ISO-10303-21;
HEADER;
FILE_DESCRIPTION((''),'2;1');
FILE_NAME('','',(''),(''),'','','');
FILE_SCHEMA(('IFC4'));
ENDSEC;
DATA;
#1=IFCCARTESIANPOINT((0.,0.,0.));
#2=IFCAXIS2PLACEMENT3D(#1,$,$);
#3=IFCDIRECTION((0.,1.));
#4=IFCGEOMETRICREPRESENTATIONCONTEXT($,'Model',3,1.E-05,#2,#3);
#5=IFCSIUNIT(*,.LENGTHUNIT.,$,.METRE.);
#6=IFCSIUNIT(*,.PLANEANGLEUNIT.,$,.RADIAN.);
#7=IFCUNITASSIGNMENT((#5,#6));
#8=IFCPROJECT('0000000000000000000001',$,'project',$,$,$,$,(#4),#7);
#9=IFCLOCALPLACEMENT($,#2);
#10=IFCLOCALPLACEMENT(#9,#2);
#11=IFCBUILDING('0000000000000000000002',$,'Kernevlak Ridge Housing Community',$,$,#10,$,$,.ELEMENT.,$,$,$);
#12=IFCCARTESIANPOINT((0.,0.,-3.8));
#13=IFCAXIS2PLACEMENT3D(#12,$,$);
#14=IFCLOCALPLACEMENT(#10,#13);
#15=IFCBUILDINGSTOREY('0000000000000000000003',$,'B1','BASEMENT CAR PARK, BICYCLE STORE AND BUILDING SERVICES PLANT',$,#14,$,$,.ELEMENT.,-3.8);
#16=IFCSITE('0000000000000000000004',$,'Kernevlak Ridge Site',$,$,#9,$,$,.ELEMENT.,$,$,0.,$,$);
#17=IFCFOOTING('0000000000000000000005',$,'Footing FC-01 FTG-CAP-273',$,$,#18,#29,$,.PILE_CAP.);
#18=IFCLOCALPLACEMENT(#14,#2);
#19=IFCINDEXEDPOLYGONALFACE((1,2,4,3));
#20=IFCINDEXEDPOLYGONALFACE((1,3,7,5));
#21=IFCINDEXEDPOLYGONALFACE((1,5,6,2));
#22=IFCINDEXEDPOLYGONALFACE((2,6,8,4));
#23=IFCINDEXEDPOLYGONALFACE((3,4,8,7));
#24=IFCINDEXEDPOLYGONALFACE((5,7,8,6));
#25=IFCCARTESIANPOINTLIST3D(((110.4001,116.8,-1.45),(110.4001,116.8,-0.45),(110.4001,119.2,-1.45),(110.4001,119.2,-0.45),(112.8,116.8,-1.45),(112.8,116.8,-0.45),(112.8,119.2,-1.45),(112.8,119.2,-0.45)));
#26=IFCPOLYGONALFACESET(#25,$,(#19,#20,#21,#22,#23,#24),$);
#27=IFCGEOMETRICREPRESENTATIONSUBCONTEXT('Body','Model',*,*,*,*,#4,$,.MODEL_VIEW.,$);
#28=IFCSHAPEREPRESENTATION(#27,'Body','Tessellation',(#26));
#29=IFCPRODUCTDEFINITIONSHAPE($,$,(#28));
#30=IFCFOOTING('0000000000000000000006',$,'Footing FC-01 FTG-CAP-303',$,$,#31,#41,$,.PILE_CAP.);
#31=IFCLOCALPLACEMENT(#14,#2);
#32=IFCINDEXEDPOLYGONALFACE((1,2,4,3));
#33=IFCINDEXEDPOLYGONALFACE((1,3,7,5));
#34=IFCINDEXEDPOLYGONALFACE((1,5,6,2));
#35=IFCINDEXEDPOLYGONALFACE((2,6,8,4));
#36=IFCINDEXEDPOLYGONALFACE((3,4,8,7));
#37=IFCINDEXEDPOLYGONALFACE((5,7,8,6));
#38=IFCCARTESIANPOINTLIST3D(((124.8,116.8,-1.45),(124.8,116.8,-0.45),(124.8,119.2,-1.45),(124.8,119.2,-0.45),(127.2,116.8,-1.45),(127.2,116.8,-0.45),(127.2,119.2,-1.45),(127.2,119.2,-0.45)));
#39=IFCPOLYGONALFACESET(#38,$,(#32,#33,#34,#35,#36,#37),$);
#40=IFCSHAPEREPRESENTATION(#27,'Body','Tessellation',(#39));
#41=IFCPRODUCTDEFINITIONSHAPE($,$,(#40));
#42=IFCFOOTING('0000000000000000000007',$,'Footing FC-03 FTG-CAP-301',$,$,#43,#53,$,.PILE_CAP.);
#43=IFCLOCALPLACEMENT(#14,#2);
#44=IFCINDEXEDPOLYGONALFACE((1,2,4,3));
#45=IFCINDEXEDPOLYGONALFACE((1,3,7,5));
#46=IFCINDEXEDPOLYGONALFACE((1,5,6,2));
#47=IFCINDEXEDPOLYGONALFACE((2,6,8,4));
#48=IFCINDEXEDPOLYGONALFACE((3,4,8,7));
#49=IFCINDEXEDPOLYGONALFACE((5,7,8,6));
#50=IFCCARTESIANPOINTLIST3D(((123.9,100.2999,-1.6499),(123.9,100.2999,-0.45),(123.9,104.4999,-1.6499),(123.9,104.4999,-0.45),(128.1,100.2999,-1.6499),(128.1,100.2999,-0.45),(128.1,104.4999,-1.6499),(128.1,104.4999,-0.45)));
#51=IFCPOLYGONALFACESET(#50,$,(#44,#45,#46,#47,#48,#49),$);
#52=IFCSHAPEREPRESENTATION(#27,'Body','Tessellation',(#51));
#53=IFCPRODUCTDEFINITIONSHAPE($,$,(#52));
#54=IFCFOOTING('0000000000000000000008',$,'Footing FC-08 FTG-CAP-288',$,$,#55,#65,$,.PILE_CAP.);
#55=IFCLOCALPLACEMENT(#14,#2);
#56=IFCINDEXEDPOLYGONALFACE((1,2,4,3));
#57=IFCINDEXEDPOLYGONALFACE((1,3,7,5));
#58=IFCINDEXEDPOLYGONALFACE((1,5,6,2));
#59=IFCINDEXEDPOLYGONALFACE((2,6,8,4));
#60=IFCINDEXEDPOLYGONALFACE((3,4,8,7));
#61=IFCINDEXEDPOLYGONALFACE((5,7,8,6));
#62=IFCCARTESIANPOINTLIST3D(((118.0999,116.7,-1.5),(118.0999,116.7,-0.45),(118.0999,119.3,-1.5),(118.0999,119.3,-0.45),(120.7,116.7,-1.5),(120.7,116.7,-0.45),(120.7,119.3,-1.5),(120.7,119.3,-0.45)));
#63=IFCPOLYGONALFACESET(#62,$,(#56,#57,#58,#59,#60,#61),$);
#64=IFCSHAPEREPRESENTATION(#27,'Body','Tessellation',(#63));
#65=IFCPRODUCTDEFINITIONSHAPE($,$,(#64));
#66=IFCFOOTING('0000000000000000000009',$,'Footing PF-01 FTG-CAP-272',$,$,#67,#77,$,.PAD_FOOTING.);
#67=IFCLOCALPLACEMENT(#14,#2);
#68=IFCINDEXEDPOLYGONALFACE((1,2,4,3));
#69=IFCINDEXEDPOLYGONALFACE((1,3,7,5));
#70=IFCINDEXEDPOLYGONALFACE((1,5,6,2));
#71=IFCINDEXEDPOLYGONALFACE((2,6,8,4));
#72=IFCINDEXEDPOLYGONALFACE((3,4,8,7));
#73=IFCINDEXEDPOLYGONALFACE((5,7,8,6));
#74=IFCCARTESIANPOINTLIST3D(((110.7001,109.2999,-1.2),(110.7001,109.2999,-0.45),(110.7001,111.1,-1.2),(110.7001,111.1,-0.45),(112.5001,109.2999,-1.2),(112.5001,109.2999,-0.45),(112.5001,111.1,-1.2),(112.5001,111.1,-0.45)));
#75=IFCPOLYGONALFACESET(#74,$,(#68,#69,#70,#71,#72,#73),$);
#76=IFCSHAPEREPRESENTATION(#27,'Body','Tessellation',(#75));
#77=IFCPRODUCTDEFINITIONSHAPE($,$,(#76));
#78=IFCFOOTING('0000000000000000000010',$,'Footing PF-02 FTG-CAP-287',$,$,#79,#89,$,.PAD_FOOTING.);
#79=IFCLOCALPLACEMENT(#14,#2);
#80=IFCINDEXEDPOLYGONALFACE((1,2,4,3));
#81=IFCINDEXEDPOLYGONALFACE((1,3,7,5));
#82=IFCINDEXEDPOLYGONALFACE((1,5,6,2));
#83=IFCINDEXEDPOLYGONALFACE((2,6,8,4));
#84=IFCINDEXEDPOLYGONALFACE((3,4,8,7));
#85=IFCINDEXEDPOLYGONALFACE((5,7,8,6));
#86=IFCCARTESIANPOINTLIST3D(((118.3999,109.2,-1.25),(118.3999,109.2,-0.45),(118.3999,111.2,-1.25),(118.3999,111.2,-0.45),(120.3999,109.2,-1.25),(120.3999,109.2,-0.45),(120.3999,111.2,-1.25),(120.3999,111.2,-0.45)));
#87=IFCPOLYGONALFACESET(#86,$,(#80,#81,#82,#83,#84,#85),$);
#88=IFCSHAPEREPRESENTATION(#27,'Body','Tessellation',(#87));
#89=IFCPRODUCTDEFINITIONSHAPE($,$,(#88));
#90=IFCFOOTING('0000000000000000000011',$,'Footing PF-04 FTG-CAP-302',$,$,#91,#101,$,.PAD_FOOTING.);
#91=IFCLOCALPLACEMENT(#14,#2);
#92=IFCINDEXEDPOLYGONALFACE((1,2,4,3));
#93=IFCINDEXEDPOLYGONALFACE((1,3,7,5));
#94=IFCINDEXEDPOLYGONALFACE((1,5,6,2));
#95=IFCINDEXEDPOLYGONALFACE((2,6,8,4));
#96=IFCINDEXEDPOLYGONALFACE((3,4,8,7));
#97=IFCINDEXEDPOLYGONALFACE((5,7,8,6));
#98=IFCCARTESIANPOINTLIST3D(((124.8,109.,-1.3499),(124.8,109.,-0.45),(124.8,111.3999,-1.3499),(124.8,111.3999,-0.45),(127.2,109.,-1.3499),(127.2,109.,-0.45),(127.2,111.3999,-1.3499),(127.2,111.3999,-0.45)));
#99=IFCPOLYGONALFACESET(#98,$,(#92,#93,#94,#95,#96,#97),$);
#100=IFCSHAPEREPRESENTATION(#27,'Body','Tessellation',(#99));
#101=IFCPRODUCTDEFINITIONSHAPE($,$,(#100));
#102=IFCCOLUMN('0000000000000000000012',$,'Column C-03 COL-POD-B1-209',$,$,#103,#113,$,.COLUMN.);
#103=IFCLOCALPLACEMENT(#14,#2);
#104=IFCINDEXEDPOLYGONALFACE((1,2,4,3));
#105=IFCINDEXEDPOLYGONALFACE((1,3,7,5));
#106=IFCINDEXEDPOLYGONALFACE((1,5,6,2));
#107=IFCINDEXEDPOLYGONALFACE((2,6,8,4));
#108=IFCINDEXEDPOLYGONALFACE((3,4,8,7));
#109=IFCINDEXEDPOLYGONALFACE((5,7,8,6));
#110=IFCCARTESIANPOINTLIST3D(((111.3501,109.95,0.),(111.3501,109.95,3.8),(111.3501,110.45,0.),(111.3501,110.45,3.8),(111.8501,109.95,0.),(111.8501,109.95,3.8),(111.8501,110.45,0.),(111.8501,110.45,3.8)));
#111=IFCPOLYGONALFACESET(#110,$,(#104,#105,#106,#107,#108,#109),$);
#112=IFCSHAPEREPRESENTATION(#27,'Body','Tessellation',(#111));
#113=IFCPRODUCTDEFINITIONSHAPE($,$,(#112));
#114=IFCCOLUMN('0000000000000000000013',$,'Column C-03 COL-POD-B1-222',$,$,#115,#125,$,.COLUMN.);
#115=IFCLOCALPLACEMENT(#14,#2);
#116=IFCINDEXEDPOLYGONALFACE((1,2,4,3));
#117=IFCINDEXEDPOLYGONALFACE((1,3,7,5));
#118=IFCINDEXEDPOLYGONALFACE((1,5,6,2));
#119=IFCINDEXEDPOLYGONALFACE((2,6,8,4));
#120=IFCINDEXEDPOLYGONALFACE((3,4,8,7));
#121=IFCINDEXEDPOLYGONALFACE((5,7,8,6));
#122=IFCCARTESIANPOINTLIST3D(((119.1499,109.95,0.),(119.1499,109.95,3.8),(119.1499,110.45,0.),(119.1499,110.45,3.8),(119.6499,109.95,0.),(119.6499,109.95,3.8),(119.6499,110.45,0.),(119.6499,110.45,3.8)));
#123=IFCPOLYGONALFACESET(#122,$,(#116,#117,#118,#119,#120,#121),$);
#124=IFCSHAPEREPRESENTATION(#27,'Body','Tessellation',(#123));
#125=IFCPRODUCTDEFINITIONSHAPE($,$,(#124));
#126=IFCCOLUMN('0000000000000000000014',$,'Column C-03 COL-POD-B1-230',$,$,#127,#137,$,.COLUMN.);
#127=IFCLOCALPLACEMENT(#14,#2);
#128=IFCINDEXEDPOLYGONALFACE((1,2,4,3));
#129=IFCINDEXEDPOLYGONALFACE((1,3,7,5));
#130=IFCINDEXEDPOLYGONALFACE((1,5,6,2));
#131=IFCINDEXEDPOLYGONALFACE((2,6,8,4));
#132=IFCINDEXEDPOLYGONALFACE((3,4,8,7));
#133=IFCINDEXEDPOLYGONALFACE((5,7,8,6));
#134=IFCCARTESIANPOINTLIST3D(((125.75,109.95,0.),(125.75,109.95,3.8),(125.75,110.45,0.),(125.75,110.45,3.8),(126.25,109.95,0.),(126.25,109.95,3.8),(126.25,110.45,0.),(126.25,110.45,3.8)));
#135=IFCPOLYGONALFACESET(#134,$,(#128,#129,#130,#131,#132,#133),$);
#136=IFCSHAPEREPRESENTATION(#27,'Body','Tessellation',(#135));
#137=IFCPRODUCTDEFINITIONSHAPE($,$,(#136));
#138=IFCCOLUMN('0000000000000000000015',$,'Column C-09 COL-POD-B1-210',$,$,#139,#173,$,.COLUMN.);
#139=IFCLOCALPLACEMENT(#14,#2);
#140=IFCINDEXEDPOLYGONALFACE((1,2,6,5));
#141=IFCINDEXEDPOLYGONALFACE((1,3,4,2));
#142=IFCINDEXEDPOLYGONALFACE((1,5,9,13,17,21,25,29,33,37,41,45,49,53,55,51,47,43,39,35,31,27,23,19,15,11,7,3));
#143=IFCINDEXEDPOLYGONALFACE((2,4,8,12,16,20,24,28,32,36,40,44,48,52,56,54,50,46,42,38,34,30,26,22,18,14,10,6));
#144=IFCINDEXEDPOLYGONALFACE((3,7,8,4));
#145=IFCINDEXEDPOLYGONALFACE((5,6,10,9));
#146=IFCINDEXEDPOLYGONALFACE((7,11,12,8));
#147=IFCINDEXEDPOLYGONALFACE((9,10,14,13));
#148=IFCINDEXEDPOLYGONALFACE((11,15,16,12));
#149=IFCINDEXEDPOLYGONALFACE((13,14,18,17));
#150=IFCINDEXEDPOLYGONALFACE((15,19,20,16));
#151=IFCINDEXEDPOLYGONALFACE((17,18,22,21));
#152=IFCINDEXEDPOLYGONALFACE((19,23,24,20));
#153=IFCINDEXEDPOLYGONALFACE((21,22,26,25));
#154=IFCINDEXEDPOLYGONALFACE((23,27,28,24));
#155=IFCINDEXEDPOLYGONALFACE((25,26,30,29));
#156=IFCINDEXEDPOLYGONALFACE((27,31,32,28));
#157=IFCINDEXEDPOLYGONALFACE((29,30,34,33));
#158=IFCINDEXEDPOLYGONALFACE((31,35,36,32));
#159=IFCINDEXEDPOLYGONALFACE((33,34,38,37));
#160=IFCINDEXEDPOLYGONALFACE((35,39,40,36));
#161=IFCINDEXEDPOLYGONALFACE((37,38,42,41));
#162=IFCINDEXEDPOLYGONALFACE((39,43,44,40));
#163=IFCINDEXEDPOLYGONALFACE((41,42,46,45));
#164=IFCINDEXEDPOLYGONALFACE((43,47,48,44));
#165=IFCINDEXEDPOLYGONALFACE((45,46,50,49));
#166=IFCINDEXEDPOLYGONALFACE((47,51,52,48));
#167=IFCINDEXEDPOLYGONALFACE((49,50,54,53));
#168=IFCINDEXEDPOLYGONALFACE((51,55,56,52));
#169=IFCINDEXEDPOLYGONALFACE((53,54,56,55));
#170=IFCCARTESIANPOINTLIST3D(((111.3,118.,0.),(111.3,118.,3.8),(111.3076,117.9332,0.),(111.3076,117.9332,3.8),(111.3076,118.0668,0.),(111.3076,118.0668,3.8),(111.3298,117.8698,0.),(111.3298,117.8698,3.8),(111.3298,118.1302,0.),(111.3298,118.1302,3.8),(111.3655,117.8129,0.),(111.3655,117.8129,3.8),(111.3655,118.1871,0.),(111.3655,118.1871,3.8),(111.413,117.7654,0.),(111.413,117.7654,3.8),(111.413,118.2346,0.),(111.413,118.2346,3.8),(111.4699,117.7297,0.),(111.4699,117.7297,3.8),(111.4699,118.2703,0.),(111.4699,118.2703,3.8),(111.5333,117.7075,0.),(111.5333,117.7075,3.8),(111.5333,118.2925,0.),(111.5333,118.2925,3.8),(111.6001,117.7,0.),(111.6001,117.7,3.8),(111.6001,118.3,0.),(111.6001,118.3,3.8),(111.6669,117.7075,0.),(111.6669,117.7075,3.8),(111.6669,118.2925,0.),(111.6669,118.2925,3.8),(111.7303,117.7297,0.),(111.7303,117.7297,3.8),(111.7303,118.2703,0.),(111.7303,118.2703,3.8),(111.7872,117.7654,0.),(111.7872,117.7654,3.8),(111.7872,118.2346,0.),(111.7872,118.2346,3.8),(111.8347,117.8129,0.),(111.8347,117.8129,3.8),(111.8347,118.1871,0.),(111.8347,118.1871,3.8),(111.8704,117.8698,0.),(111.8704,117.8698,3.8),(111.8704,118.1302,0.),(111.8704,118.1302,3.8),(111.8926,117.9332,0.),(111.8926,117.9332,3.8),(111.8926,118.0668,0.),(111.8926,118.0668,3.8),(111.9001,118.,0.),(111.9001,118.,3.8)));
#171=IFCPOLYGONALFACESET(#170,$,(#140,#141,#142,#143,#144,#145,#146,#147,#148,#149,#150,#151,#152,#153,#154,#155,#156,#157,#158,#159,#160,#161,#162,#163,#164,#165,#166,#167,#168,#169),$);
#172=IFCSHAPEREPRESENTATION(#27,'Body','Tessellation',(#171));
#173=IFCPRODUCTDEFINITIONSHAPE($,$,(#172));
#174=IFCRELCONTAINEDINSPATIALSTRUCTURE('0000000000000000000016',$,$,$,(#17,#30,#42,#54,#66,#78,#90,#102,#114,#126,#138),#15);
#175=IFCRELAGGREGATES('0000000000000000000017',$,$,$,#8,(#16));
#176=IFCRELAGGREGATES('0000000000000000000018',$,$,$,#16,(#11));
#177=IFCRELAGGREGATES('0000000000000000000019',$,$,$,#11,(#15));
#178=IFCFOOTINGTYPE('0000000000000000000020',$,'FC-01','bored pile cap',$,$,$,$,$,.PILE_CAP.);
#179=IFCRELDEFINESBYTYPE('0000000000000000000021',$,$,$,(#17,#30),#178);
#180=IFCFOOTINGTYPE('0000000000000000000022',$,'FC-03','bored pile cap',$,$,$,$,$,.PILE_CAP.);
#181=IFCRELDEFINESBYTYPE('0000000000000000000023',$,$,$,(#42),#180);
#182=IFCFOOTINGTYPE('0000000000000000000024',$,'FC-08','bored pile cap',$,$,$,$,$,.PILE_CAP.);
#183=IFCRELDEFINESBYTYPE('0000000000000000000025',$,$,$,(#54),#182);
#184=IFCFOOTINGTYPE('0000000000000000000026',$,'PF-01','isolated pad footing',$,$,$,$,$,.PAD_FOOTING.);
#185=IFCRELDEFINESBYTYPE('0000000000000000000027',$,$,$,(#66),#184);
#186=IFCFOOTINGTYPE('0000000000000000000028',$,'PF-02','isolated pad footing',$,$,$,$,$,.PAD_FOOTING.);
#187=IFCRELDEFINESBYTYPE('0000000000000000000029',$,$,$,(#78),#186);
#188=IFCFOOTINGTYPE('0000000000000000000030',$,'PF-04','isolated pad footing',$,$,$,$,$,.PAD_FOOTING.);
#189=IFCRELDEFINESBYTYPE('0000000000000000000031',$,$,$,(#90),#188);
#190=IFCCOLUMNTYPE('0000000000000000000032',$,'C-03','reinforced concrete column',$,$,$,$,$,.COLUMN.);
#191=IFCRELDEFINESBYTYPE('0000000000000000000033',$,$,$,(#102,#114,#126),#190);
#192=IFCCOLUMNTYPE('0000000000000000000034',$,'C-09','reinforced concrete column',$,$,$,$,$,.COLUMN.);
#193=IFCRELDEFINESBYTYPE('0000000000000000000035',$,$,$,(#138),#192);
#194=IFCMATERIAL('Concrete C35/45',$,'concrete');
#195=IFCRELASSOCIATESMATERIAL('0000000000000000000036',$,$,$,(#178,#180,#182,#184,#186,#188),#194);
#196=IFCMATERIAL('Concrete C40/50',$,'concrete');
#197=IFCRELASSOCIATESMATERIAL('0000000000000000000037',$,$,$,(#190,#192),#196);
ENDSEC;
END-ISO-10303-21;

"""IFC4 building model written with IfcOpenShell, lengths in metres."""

from ifc_helpers import new_model, si_unit, direction, frame, origin, origin_2d, place, context, subcontext, project, spatial, rectangle, circle, extrude, material, material_profile, profile_set, type_object, element, save


model = new_model("IFC4")

# Units and contexts
model_context = context("Model", 3, precision=1e-05, world=origin(), true_north=direction((0.0, 1.0)))
body_context = subcontext(model_context, "Body", "Model", "MODEL_VIEW")
ifc_project = project(units=[si_unit("LENGTHUNIT", "METRE"), si_unit("PLANEANGLEUNIT", "RADIAN")], contexts=[model_context])

# Site, building, storey
site_placement = place(None, origin())
site = spatial("IfcSite", under=ifc_project, at=site_placement, Name="Kernevlak Ridge Site", CompositionType="ELEMENT", RefElevation=0.0)
building_placement = place(site_placement, origin())
building = spatial("IfcBuilding", under=site, at=building_placement, Name="Kernevlak Ridge Housing Community", CompositionType="ELEMENT")
storey_placement = place(building_placement, frame((0.0, 0.0, -3.8)))
storey = spatial("IfcBuildingStorey", under=building, at=storey_placement, Name="B1", Description="BASEMENT CAR PARK, BICYCLE STORE AND BUILDING SERVICES PLANT", CompositionType="ELEMENT", Elevation=-3.8)

# Shared definitions
ifc_material_1 = material(Name="Concrete C35/45", Category="concrete")

# Footings
footing_type_1 = type_object("IfcFootingType", Name="FC-01", Description="bored pile cap", PredefinedType="PILE_CAP", material=ifc_material_1)
for number, where, z_axis, x_axis, name in (
    (1, (111.6001, 118.0, -1.45), (0.0, 0.0, 1.0), (1.0, 0.0, 0.0), "Footing FC-01 FTG-CAP-273"),
    (2, (126.0, 118.0, -1.45), (0.0, 0.0, 1.0), (1.0, 0.0, 0.0), "Footing FC-01 FTG-CAP-303"),
):
    element("IfcFooting", number, at=place(storey_placement, frame(where, z_axis=z_axis, x_axis=x_axis)), inside=storey, type_object=footing_type_1, Name=name, PredefinedType="PILE_CAP", context=body_context, shape_type="SweptSolid", body=[
        extrude(rectangle(XDim=2.3999, YDim=2.3999, at=origin_2d()), origin(), (0.0, 0.0, 1.0), 1.0),
    ])
footing_type_2 = type_object("IfcFootingType", Name="FC-03", Description="bored pile cap", PredefinedType="PILE_CAP", material=ifc_material_1)
footing_1_placement = place(storey_placement, frame((126.0, 102.3999, -1.6499), z_axis=(0.0, 0.0, 1.0), x_axis=(1.0, 0.0, 0.0)))
element("IfcFooting", 3, at=footing_1_placement, inside=storey, type_object=footing_type_2, Name="Footing FC-03 FTG-CAP-301", PredefinedType="PILE_CAP", context=body_context, shape_type="SweptSolid", body=[
    extrude(rectangle(XDim=4.2, YDim=4.2, at=origin_2d()), origin(), (0.0, 0.0, 1.0), 1.2),
])
footing_type_3 = type_object("IfcFootingType", Name="FC-08", Description="bored pile cap", PredefinedType="PILE_CAP", material=ifc_material_1)
footing_2_placement = place(storey_placement, frame((119.3999, 118.0, -1.5), z_axis=(0.0, 0.0, 1.0), x_axis=(1.0, 0.0, 0.0)))
element("IfcFooting", 4, at=footing_2_placement, inside=storey, type_object=footing_type_3, Name="Footing FC-08 FTG-CAP-288", PredefinedType="PILE_CAP", context=body_context, shape_type="SweptSolid", body=[
    extrude(rectangle(XDim=2.6001, YDim=2.6001, at=origin_2d()), origin(), (0.0, 0.0, 1.0), 1.05),
])
footing_type_4 = type_object("IfcFootingType", Name="PF-01", Description="isolated pad footing", PredefinedType="PAD_FOOTING", material=ifc_material_1)
footing_3_placement = place(storey_placement, frame((111.6001, 110.2, -1.2), z_axis=(0.0, 0.0, 1.0), x_axis=(1.0, 0.0, 0.0)))
element("IfcFooting", 5, at=footing_3_placement, inside=storey, type_object=footing_type_4, Name="Footing PF-01 FTG-CAP-272", PredefinedType="PAD_FOOTING", context=body_context, shape_type="SweptSolid", body=[
    extrude(rectangle(XDim=1.8, YDim=1.8, at=origin_2d()), origin(), (0.0, 0.0, 1.0), 0.75),
])
footing_type_5 = type_object("IfcFootingType", Name="PF-02", Description="isolated pad footing", PredefinedType="PAD_FOOTING", material=ifc_material_1)
footing_4_placement = place(storey_placement, frame((119.3999, 110.2, -1.25), z_axis=(0.0, 0.0, 1.0), x_axis=(1.0, 0.0, 0.0)))
element("IfcFooting", 6, at=footing_4_placement, inside=storey, type_object=footing_type_5, Name="Footing PF-02 FTG-CAP-287", PredefinedType="PAD_FOOTING", context=body_context, shape_type="SweptSolid", body=[
    extrude(rectangle(XDim=2.0, YDim=2.0, at=origin_2d()), origin(), (0.0, 0.0, 1.0), 0.8),
])
footing_type_6 = type_object("IfcFootingType", Name="PF-04", Description="isolated pad footing", PredefinedType="PAD_FOOTING", material=ifc_material_1)
footing_5_placement = place(storey_placement, frame((126.0, 110.2, -1.3499), z_axis=(0.0, 0.0, 1.0), x_axis=(1.0, 0.0, 0.0)))
element("IfcFooting", 7, at=footing_5_placement, inside=storey, type_object=footing_type_6, Name="Footing PF-04 FTG-CAP-302", PredefinedType="PAD_FOOTING", context=body_context, shape_type="SweptSolid", body=[
    extrude(rectangle(XDim=2.3999, YDim=2.3999, at=origin_2d()), origin(), (0.0, 0.0, 1.0), 0.8999),
])

# Columns
ifc_material_2 = material(Name="Concrete C40/50", Category="concrete")
ifc_material_profile_1 = material_profile(ifc_material_2, rectangle(XDim=0.5, YDim=0.5, at=origin_2d()), Name="RC 500x500")
ifc_profile_set_1 = profile_set([ifc_material_profile_1], Name="Concrete C40/50")
column_type_1 = type_object("IfcColumnType", Name="C-03", Description="reinforced concrete column", PredefinedType="COLUMN", material=ifc_profile_set_1)
for number, where, z_axis, x_axis, name in (
    (8, (111.6001, 110.2, 0.0), (0.0, 0.0, 1.0), (1.0, 0.0, 0.0), "Column C-03 COL-POD-B1-209"),
    (9, (119.3999, 110.2, 0.0), (0.0, 0.0, 1.0), (1.0, 0.0, 0.0), "Column C-03 COL-POD-B1-222"),
    (10, (126.0, 110.2, 0.0), (0.0, 0.0, 1.0), (1.0, 0.0, 0.0), "Column C-03 COL-POD-B1-230"),
):
    element("IfcColumn", number, at=place(storey_placement, frame(where, z_axis=z_axis, x_axis=x_axis)), inside=storey, type_object=column_type_1, Name=name, PredefinedType="COLUMN", context=body_context, shape_type="SweptSolid", body=[
        extrude(rectangle(XDim=0.5, YDim=0.5, at=origin_2d()), origin(), (0.0, 0.0, 1.0), 3.8),
    ])
ifc_material_profile_2 = material_profile(ifc_material_2, circle(Radius=0.3, at=origin_2d()), Name="RC D600")
ifc_profile_set_2 = profile_set([ifc_material_profile_2], Name="Concrete C40/50")
column_type_2 = type_object("IfcColumnType", Name="C-09", Description="reinforced concrete column", PredefinedType="COLUMN", material=ifc_profile_set_2)
for number, where, z_axis, x_axis, name in (
    (11, (111.6001, 118.0, 0.0), (0.0, 0.0, 1.0), (1.0, 0.0, 0.0), "Column C-09 COL-POD-B1-210"),
):
    element("IfcColumn", number, at=place(storey_placement, frame(where, z_axis=z_axis, x_axis=x_axis)), inside=storey, type_object=column_type_2, Name=name, PredefinedType="COLUMN", context=body_context, shape_type="SweptSolid", body=[
        extrude(circle(Radius=0.3, at=origin_2d()), origin(), (0.0, 0.0, 1.0), 3.8),
    ])

save(model, "model.ifc")
